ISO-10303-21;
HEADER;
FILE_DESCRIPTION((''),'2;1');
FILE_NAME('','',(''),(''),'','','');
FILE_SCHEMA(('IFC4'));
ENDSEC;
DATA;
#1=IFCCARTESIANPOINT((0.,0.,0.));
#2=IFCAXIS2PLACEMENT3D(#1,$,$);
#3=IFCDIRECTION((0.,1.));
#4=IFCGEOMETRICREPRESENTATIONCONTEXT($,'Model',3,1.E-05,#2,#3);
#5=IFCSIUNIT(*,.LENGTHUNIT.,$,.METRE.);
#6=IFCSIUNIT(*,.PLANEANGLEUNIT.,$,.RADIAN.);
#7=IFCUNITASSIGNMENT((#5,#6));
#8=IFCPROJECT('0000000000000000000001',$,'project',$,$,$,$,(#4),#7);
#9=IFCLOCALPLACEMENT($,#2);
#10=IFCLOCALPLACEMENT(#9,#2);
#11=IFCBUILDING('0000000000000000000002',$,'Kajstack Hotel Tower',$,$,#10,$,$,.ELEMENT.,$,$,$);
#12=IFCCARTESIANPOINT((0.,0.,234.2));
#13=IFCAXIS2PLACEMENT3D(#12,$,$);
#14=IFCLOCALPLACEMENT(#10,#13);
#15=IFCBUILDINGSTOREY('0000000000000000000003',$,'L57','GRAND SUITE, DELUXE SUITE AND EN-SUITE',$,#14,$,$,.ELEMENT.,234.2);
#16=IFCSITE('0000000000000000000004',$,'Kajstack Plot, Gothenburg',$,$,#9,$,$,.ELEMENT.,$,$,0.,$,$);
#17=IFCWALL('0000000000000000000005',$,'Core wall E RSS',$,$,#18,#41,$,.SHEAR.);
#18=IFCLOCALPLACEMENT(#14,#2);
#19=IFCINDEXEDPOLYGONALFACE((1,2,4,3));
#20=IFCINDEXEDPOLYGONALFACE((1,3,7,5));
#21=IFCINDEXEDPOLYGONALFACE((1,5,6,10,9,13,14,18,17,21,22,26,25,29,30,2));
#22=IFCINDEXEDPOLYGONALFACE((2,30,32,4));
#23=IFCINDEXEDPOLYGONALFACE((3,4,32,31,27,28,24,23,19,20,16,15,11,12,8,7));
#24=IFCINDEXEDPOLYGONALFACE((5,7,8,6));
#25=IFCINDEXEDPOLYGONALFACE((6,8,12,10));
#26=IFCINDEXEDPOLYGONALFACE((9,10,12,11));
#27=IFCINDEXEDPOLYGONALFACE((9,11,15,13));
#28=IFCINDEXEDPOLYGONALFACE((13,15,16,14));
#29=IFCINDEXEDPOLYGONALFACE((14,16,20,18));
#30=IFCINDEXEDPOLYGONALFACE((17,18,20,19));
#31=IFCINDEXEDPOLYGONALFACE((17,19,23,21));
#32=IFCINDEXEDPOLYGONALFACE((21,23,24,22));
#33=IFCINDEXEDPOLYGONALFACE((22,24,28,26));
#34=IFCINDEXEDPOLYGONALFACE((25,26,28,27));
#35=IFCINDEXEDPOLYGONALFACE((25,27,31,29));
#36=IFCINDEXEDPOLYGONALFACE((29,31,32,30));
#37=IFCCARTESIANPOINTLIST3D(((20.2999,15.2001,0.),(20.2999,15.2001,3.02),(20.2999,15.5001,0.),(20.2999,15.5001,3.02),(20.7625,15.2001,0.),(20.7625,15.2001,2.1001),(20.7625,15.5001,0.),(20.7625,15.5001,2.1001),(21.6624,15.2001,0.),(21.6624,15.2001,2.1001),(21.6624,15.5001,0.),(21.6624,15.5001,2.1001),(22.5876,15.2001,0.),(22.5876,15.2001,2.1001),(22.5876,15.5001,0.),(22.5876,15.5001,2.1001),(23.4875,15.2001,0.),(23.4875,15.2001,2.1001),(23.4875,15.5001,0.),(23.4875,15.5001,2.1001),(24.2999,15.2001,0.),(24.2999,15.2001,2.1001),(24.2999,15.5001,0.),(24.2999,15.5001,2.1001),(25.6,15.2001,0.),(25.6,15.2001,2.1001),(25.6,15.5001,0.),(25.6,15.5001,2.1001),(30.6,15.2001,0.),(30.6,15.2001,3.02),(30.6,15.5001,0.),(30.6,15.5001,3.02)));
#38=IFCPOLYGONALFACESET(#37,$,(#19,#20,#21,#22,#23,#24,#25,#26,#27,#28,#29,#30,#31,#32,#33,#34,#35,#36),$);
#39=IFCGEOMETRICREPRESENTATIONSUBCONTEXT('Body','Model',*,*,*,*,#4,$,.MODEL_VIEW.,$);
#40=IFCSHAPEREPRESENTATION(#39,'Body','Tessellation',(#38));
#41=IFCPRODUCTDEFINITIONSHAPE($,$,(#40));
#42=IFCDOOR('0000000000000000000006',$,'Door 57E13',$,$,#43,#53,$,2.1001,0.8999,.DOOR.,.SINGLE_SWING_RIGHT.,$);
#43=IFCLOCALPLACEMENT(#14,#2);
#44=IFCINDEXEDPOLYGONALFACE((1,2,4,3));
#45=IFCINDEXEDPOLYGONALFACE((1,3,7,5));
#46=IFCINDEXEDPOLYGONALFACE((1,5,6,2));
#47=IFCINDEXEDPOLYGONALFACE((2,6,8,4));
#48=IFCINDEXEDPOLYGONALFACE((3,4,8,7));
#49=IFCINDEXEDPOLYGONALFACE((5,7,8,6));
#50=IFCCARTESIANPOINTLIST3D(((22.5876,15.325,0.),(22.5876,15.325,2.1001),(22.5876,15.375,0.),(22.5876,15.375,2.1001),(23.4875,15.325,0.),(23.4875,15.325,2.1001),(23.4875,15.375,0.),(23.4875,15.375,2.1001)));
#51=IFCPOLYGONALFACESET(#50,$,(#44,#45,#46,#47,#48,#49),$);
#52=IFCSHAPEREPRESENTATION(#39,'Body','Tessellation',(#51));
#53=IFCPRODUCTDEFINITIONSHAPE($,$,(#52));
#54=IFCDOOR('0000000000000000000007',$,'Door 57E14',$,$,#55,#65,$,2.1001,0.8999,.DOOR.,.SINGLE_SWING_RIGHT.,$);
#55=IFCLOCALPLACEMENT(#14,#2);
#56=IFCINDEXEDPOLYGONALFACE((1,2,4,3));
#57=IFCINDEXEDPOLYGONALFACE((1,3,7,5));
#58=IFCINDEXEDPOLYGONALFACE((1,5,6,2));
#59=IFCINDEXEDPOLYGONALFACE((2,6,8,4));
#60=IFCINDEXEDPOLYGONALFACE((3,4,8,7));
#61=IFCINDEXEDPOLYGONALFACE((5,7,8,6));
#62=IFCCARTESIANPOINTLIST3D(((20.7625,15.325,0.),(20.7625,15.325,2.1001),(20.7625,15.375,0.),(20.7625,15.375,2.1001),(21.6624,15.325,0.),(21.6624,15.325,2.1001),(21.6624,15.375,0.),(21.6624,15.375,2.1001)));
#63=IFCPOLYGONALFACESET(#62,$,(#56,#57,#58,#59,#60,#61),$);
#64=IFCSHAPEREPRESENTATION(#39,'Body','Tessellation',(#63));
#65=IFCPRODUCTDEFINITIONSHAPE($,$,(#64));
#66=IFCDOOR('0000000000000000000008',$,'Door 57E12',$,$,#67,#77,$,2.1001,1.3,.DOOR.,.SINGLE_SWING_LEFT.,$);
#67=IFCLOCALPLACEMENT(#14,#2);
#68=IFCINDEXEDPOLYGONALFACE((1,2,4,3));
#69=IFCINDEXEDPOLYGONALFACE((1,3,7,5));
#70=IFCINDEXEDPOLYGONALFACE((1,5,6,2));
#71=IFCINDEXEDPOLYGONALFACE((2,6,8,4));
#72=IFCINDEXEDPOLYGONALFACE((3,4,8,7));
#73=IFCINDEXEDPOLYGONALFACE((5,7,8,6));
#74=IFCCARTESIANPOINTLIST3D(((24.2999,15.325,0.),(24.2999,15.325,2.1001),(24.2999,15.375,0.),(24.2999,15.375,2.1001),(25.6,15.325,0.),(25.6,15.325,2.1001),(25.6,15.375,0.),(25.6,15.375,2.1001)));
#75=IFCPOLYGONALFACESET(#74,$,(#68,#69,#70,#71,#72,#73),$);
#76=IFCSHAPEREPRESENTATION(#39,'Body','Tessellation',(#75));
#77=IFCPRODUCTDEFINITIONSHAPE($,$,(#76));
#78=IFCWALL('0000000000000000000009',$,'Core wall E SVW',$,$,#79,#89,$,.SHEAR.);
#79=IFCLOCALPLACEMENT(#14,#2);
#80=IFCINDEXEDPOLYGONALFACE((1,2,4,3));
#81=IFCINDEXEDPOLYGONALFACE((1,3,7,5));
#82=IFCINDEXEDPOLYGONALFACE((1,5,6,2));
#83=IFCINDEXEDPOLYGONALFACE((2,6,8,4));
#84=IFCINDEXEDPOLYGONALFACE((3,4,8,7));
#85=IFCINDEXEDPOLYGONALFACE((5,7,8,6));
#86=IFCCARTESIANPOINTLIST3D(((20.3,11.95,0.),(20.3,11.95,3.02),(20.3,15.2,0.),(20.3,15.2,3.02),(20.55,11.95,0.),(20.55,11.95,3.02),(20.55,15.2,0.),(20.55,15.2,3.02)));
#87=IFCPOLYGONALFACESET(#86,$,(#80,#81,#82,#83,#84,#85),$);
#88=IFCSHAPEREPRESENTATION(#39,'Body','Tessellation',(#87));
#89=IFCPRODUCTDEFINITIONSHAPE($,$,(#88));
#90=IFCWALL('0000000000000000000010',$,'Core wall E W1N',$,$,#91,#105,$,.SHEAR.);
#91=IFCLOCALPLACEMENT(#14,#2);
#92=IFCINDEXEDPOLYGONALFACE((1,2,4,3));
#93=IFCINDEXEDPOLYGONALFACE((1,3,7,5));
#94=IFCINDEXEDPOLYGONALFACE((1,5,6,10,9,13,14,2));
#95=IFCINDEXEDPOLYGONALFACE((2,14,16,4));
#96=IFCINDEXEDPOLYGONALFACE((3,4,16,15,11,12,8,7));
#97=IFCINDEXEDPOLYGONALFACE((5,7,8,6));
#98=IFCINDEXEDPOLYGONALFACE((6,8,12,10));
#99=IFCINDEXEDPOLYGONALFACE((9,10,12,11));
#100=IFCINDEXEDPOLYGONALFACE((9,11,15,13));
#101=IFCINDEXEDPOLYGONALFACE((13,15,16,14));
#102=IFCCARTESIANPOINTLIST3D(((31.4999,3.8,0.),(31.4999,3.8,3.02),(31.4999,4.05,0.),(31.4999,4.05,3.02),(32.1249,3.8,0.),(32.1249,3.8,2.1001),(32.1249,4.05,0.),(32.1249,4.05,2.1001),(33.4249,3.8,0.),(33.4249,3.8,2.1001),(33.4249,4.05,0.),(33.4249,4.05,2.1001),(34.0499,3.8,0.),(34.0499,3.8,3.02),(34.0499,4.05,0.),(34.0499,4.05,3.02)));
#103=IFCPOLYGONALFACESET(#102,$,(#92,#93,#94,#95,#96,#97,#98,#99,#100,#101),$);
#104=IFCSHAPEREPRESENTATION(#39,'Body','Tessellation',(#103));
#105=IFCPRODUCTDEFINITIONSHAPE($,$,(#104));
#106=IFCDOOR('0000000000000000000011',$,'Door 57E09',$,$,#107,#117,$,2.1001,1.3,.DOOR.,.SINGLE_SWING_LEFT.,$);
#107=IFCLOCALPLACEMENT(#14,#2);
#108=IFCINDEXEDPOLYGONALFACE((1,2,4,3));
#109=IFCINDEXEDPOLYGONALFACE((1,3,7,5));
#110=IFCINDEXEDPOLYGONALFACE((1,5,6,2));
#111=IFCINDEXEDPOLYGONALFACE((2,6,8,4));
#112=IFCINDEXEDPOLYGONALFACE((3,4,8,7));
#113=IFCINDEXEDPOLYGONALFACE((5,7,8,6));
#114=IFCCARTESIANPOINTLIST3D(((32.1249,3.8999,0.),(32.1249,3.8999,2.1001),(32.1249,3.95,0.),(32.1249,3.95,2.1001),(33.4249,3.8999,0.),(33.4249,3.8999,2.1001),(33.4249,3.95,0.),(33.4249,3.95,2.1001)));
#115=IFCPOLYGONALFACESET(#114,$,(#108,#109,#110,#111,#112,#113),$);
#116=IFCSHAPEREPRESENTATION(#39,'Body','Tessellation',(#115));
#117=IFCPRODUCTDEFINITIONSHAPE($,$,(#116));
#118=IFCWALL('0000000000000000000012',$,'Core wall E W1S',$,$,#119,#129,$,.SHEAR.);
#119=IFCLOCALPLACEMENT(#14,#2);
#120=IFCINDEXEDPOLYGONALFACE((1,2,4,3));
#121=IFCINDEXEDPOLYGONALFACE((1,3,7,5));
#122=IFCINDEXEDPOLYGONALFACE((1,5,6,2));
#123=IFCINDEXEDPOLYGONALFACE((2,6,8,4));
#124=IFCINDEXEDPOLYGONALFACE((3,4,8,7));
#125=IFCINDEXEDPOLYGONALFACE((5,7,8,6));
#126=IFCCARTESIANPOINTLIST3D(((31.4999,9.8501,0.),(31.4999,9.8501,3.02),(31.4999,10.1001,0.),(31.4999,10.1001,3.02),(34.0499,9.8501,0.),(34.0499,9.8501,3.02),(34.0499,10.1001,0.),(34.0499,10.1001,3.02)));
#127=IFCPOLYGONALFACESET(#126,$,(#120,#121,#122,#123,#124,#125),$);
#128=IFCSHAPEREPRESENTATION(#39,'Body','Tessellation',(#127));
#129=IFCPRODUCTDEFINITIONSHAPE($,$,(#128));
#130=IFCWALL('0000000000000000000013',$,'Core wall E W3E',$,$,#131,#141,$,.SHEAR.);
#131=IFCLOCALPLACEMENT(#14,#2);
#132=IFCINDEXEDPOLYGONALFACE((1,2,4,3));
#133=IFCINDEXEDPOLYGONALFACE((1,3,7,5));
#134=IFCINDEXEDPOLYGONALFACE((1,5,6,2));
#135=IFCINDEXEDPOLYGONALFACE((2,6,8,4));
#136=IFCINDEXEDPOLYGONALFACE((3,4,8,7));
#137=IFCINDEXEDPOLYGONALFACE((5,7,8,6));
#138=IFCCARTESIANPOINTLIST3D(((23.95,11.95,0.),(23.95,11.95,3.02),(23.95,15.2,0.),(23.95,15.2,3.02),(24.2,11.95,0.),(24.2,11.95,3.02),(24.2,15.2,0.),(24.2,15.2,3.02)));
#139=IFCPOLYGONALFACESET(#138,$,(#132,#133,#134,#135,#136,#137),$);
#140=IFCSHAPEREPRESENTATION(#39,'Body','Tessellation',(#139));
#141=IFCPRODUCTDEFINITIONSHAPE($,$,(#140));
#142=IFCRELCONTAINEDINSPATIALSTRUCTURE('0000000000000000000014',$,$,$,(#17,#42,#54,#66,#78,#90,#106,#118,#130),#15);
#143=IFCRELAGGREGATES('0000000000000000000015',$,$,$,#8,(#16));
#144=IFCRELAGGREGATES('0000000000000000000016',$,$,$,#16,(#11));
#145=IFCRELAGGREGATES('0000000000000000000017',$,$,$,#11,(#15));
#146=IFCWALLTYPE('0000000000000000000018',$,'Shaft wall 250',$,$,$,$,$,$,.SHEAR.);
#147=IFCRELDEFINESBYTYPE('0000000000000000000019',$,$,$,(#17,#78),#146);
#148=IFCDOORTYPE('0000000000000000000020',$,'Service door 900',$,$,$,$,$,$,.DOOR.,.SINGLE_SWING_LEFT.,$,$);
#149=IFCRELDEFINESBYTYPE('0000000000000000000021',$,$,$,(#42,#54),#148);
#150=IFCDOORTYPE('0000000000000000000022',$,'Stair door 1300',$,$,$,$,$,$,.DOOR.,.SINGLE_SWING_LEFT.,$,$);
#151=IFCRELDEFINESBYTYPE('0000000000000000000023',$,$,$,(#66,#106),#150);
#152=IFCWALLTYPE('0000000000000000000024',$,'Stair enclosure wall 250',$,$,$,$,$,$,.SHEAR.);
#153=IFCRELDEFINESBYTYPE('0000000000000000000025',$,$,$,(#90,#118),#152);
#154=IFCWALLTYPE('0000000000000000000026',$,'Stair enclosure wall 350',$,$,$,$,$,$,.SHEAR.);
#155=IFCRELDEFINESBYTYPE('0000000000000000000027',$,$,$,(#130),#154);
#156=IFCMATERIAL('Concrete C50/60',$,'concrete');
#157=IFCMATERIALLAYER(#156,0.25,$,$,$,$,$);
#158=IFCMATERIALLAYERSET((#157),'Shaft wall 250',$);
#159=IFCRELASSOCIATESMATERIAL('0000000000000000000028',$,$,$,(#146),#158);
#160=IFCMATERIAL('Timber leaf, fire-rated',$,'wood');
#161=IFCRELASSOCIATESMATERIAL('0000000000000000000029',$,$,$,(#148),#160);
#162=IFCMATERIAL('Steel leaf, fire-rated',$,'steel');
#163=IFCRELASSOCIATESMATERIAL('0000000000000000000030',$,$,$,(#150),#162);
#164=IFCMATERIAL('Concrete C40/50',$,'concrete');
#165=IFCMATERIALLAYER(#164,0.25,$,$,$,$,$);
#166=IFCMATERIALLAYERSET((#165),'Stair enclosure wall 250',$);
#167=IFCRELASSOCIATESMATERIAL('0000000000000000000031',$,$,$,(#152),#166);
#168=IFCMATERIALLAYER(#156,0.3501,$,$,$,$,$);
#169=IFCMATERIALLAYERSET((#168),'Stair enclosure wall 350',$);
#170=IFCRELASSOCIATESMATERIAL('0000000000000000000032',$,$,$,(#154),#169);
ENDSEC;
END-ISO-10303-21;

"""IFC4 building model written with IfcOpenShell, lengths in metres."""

from ifc_helpers import new_model, si_unit, direction, frame, frame_2d, origin, place, context, subcontext, project, spatial, rectangle, extrude, material, layer, layer_set, type_object, element, fill, save


model = new_model("IFC4")

# Units and contexts
model_context = context("Model", 3, precision=1e-05, world=origin(), true_north=direction((0.0, 1.0)))
body_context = subcontext(model_context, "Body", "Model", "MODEL_VIEW")
ifc_project = project(units=[si_unit("LENGTHUNIT", "METRE"), si_unit("PLANEANGLEUNIT", "RADIAN")], contexts=[model_context])

# Site, building, storey
site_placement = place(None, origin())
site = spatial("IfcSite", under=ifc_project, at=site_placement, Name="Kajstack Plot, Gothenburg", CompositionType="ELEMENT", RefElevation=0.0)
building_placement = place(site_placement, origin())
building = spatial("IfcBuilding", under=site, at=building_placement, Name="Kajstack Hotel Tower", CompositionType="ELEMENT")
storey_placement = place(building_placement, frame((0.0, 0.0, 234.2)))
storey = spatial("IfcBuildingStorey", under=building, at=storey_placement, Name="L57", Description="GRAND SUITE, DELUXE SUITE AND EN-SUITE", CompositionType="ELEMENT", Elevation=234.2)

# Shared definitions
ifc_material_1 = material(Name="Concrete C40/50", Category="concrete")
ifc_material_2 = material(Name="Concrete C50/60", Category="concrete")

# Wall, openings, doors
ifc_layer_1 = layer(ifc_material_2, 0.25)
ifc_layer_set_1 = layer_set([ifc_layer_1], Name="Shaft wall 250")
wall_type_1 = type_object("IfcWallType", Name="Shaft wall 250", PredefinedType="SHEAR", material=ifc_layer_set_1)
wall_1_placement = place(storey_placement, frame((20.3, 15.3501, 0.0), z_axis=(0.0, 0.0, 1.0), x_axis=(1.0, 0.0, 0.0)))
wall_1 = element("IfcWall", 1, at=wall_1_placement, inside=storey, type_object=wall_type_1, Name="Core wall E RSS", PredefinedType="SHEAR", context=body_context, shape_type="SweptSolid", body=[
    extrude(rectangle(XDim=10.3, YDim=0.3, at=frame_2d((5.1499, 0.0))), origin(), (0.0, 0.0, 1.0), 3.02),
])
opening_1_placement = place(wall_1_placement, frame((4.0, 0.0, 0.0)))
opening_1 = element("IfcOpeningElement", 2, at=opening_1_placement, cuts=wall_1, PredefinedType="OPENING", context=body_context, shape_type="SweptSolid", body=[
    extrude(rectangle(XDim=1.3, YDim=2.1001, at=frame_2d((0.6499, 1.05))), frame((0.0, 0.1599, 0.0), z_axis=(0.0, -1.0, 0.0), x_axis=(1.0, 0.0, 0.0)), (0.0, 0.0, 1.0), 0.3201),
])
opening_2_placement = place(wall_1_placement, frame((2.2876, 0.0, 0.0)))
opening_2 = element("IfcOpeningElement", 3, at=opening_2_placement, cuts=wall_1, PredefinedType="OPENING", context=body_context, shape_type="SweptSolid", body=[
    extrude(rectangle(XDim=0.8999, YDim=2.1001, at=frame_2d((0.45, 1.05))), frame((0.0, 0.1599, 0.0), z_axis=(0.0, -1.0, 0.0), x_axis=(1.0, 0.0, 0.0)), (0.0, 0.0, 1.0), 0.3201),
])
opening_3_placement = place(wall_1_placement, frame((0.4624, 0.0, 0.0)))
opening_3 = element("IfcOpeningElement", 4, at=opening_3_placement, cuts=wall_1, PredefinedType="OPENING", context=body_context, shape_type="SweptSolid", body=[
    extrude(rectangle(XDim=0.8999, YDim=2.1001, at=frame_2d((0.45, 1.05))), frame((0.0, 0.1599, 0.0), z_axis=(0.0, -1.0, 0.0), x_axis=(1.0, 0.0, 0.0)), (0.0, 0.0, 1.0), 0.3201),
])
ifc_material_3 = material(Name="Timber leaf, fire-rated", Category="wood")
door_type_1 = type_object("IfcDoorType", Name="Service door 900", OperationType="SINGLE_SWING_LEFT", PredefinedType="DOOR", material=ifc_material_3)
door_1_placement = place(opening_2_placement, origin())
door_1 = element("IfcDoor", 5, at=door_1_placement, inside=storey, type_object=door_type_1, Name="Door 57E13", OperationType="SINGLE_SWING_RIGHT", OverallHeight=2.1001, OverallWidth=0.8999, PredefinedType="DOOR", context=body_context, shape_type="SweptSolid", body=[
    extrude(rectangle(XDim=0.8999, YDim=2.1001, at=frame_2d((0.45, 1.05))), frame((0.0, 0.0249, 0.0), z_axis=(0.0, -1.0, 0.0), x_axis=(1.0, 0.0, 0.0)), (0.0, 0.0, 1.0), 0.05),
])
fill(opening_2, door_1)
door_2_placement = place(opening_3_placement, origin())
door_2 = element("IfcDoor", 6, at=door_2_placement, inside=storey, type_object=door_type_1, Name="Door 57E14", OperationType="SINGLE_SWING_RIGHT", OverallHeight=2.1001, OverallWidth=0.8999, PredefinedType="DOOR", context=body_context, shape_type="SweptSolid", body=[
    extrude(rectangle(XDim=0.8999, YDim=2.1001, at=frame_2d((0.45, 1.05))), frame((0.0, 0.0249, 0.0), z_axis=(0.0, -1.0, 0.0), x_axis=(1.0, 0.0, 0.0)), (0.0, 0.0, 1.0), 0.05),
])
fill(opening_3, door_2)
ifc_material_4 = material(Name="Steel leaf, fire-rated", Category="steel")
door_type_2 = type_object("IfcDoorType", Name="Stair door 1300", OperationType="SINGLE_SWING_LEFT", PredefinedType="DOOR", material=ifc_material_4)
door_3_placement = place(opening_1_placement, origin())
door_3 = element("IfcDoor", 7, at=door_3_placement, inside=storey, type_object=door_type_2, Name="Door 57E12", OperationType="SINGLE_SWING_LEFT", OverallHeight=2.1001, OverallWidth=1.3, PredefinedType="DOOR", context=body_context, shape_type="SweptSolid", body=[
    extrude(rectangle(XDim=1.3, YDim=2.1001, at=frame_2d((0.6499, 1.05))), frame((0.0, 0.0249, 0.0), z_axis=(0.0, -1.0, 0.0), x_axis=(1.0, 0.0, 0.0)), (0.0, 0.0, 1.0), 0.05),
])
fill(opening_1, door_3)

# Wall
wall_2_placement = place(storey_placement, frame((20.425, 11.95, 0.0), z_axis=(0.0, 0.0, 1.0), x_axis=(0.0, 1.0, 0.0)))
element("IfcWall", 8, at=wall_2_placement, inside=storey, type_object=wall_type_1, Name="Core wall E SVW", PredefinedType="SHEAR", context=body_context, shape_type="SweptSolid", body=[
    extrude(rectangle(XDim=3.25, YDim=0.25, at=frame_2d((1.625, 0.0))), origin(), (0.0, 0.0, 1.0), 3.02),
])

# Wall, opening, door
ifc_layer_2 = layer(ifc_material_1, 0.25)
ifc_layer_set_2 = layer_set([ifc_layer_2], Name="Stair enclosure wall 250")
wall_type_2 = type_object("IfcWallType", Name="Stair enclosure wall 250", PredefinedType="SHEAR", material=ifc_layer_set_2)
wall_3_placement = place(storey_placement, frame((31.5, 3.925, 0.0), z_axis=(0.0, 0.0, 1.0), x_axis=(1.0, 0.0, 0.0)))
wall_3 = element("IfcWall", 9, at=wall_3_placement, inside=storey, type_object=wall_type_2, Name="Core wall E W1N", PredefinedType="SHEAR", context=body_context, shape_type="SweptSolid", body=[
    extrude(rectangle(XDim=2.55, YDim=0.25, at=frame_2d((1.2749, 0.0))), origin(), (0.0, 0.0, 1.0), 3.02),
])
opening_4_placement = place(wall_3_placement, frame((0.625, 0.0, 0.0)))
opening_4 = element("IfcOpeningElement", 10, at=opening_4_placement, cuts=wall_3, PredefinedType="OPENING", context=body_context, shape_type="SweptSolid", body=[
    extrude(rectangle(XDim=1.3, YDim=2.1001, at=frame_2d((0.6499, 1.05))), frame((0.0, 0.135, 0.0), z_axis=(0.0, -1.0, 0.0), x_axis=(1.0, 0.0, 0.0)), (0.0, 0.0, 1.0), 0.27),
])
door_4_placement = place(opening_4_placement, origin())
door_4 = element("IfcDoor", 11, at=door_4_placement, inside=storey, type_object=door_type_2, Name="Door 57E09", OperationType="SINGLE_SWING_LEFT", OverallHeight=2.1001, OverallWidth=1.3, PredefinedType="DOOR", context=body_context, shape_type="SweptSolid", body=[
    extrude(rectangle(XDim=1.3, YDim=2.1001, at=frame_2d((0.6499, 1.05))), frame((0.0, 0.0249, 0.0), z_axis=(0.0, -1.0, 0.0), x_axis=(1.0, 0.0, 0.0)), (0.0, 0.0, 1.0), 0.05),
])
fill(opening_4, door_4)

# Walls
wall_4_placement = place(storey_placement, frame((31.5, 9.9751, 0.0), z_axis=(0.0, 0.0, 1.0), x_axis=(1.0, 0.0, 0.0)))
element("IfcWall", 12, at=wall_4_placement, inside=storey, type_object=wall_type_2, Name="Core wall E W1S", PredefinedType="SHEAR", context=body_context, shape_type="SweptSolid", body=[
    extrude(rectangle(XDim=2.55, YDim=0.25, at=frame_2d((1.2749, 0.0))), origin(), (0.0, 0.0, 1.0), 3.02),
])
ifc_layer_3 = layer(ifc_material_2, 0.3501)
ifc_layer_set_3 = layer_set([ifc_layer_3], Name="Stair enclosure wall 350")
wall_type_3 = type_object("IfcWallType", Name="Stair enclosure wall 350", PredefinedType="SHEAR", material=ifc_layer_set_3)
wall_5_placement = place(storey_placement, frame((24.075, 11.95, 0.0), z_axis=(0.0, 0.0, 1.0), x_axis=(0.0, 1.0, 0.0)))
element("IfcWall", 13, at=wall_5_placement, inside=storey, type_object=wall_type_3, Name="Core wall E W3E", PredefinedType="SHEAR", context=body_context, shape_type="SweptSolid", body=[
    extrude(rectangle(XDim=3.25, YDim=0.25, at=frame_2d((1.625, 0.0))), origin(), (0.0, 0.0, 1.0), 3.02),
])

save(model, "model.ifc")
